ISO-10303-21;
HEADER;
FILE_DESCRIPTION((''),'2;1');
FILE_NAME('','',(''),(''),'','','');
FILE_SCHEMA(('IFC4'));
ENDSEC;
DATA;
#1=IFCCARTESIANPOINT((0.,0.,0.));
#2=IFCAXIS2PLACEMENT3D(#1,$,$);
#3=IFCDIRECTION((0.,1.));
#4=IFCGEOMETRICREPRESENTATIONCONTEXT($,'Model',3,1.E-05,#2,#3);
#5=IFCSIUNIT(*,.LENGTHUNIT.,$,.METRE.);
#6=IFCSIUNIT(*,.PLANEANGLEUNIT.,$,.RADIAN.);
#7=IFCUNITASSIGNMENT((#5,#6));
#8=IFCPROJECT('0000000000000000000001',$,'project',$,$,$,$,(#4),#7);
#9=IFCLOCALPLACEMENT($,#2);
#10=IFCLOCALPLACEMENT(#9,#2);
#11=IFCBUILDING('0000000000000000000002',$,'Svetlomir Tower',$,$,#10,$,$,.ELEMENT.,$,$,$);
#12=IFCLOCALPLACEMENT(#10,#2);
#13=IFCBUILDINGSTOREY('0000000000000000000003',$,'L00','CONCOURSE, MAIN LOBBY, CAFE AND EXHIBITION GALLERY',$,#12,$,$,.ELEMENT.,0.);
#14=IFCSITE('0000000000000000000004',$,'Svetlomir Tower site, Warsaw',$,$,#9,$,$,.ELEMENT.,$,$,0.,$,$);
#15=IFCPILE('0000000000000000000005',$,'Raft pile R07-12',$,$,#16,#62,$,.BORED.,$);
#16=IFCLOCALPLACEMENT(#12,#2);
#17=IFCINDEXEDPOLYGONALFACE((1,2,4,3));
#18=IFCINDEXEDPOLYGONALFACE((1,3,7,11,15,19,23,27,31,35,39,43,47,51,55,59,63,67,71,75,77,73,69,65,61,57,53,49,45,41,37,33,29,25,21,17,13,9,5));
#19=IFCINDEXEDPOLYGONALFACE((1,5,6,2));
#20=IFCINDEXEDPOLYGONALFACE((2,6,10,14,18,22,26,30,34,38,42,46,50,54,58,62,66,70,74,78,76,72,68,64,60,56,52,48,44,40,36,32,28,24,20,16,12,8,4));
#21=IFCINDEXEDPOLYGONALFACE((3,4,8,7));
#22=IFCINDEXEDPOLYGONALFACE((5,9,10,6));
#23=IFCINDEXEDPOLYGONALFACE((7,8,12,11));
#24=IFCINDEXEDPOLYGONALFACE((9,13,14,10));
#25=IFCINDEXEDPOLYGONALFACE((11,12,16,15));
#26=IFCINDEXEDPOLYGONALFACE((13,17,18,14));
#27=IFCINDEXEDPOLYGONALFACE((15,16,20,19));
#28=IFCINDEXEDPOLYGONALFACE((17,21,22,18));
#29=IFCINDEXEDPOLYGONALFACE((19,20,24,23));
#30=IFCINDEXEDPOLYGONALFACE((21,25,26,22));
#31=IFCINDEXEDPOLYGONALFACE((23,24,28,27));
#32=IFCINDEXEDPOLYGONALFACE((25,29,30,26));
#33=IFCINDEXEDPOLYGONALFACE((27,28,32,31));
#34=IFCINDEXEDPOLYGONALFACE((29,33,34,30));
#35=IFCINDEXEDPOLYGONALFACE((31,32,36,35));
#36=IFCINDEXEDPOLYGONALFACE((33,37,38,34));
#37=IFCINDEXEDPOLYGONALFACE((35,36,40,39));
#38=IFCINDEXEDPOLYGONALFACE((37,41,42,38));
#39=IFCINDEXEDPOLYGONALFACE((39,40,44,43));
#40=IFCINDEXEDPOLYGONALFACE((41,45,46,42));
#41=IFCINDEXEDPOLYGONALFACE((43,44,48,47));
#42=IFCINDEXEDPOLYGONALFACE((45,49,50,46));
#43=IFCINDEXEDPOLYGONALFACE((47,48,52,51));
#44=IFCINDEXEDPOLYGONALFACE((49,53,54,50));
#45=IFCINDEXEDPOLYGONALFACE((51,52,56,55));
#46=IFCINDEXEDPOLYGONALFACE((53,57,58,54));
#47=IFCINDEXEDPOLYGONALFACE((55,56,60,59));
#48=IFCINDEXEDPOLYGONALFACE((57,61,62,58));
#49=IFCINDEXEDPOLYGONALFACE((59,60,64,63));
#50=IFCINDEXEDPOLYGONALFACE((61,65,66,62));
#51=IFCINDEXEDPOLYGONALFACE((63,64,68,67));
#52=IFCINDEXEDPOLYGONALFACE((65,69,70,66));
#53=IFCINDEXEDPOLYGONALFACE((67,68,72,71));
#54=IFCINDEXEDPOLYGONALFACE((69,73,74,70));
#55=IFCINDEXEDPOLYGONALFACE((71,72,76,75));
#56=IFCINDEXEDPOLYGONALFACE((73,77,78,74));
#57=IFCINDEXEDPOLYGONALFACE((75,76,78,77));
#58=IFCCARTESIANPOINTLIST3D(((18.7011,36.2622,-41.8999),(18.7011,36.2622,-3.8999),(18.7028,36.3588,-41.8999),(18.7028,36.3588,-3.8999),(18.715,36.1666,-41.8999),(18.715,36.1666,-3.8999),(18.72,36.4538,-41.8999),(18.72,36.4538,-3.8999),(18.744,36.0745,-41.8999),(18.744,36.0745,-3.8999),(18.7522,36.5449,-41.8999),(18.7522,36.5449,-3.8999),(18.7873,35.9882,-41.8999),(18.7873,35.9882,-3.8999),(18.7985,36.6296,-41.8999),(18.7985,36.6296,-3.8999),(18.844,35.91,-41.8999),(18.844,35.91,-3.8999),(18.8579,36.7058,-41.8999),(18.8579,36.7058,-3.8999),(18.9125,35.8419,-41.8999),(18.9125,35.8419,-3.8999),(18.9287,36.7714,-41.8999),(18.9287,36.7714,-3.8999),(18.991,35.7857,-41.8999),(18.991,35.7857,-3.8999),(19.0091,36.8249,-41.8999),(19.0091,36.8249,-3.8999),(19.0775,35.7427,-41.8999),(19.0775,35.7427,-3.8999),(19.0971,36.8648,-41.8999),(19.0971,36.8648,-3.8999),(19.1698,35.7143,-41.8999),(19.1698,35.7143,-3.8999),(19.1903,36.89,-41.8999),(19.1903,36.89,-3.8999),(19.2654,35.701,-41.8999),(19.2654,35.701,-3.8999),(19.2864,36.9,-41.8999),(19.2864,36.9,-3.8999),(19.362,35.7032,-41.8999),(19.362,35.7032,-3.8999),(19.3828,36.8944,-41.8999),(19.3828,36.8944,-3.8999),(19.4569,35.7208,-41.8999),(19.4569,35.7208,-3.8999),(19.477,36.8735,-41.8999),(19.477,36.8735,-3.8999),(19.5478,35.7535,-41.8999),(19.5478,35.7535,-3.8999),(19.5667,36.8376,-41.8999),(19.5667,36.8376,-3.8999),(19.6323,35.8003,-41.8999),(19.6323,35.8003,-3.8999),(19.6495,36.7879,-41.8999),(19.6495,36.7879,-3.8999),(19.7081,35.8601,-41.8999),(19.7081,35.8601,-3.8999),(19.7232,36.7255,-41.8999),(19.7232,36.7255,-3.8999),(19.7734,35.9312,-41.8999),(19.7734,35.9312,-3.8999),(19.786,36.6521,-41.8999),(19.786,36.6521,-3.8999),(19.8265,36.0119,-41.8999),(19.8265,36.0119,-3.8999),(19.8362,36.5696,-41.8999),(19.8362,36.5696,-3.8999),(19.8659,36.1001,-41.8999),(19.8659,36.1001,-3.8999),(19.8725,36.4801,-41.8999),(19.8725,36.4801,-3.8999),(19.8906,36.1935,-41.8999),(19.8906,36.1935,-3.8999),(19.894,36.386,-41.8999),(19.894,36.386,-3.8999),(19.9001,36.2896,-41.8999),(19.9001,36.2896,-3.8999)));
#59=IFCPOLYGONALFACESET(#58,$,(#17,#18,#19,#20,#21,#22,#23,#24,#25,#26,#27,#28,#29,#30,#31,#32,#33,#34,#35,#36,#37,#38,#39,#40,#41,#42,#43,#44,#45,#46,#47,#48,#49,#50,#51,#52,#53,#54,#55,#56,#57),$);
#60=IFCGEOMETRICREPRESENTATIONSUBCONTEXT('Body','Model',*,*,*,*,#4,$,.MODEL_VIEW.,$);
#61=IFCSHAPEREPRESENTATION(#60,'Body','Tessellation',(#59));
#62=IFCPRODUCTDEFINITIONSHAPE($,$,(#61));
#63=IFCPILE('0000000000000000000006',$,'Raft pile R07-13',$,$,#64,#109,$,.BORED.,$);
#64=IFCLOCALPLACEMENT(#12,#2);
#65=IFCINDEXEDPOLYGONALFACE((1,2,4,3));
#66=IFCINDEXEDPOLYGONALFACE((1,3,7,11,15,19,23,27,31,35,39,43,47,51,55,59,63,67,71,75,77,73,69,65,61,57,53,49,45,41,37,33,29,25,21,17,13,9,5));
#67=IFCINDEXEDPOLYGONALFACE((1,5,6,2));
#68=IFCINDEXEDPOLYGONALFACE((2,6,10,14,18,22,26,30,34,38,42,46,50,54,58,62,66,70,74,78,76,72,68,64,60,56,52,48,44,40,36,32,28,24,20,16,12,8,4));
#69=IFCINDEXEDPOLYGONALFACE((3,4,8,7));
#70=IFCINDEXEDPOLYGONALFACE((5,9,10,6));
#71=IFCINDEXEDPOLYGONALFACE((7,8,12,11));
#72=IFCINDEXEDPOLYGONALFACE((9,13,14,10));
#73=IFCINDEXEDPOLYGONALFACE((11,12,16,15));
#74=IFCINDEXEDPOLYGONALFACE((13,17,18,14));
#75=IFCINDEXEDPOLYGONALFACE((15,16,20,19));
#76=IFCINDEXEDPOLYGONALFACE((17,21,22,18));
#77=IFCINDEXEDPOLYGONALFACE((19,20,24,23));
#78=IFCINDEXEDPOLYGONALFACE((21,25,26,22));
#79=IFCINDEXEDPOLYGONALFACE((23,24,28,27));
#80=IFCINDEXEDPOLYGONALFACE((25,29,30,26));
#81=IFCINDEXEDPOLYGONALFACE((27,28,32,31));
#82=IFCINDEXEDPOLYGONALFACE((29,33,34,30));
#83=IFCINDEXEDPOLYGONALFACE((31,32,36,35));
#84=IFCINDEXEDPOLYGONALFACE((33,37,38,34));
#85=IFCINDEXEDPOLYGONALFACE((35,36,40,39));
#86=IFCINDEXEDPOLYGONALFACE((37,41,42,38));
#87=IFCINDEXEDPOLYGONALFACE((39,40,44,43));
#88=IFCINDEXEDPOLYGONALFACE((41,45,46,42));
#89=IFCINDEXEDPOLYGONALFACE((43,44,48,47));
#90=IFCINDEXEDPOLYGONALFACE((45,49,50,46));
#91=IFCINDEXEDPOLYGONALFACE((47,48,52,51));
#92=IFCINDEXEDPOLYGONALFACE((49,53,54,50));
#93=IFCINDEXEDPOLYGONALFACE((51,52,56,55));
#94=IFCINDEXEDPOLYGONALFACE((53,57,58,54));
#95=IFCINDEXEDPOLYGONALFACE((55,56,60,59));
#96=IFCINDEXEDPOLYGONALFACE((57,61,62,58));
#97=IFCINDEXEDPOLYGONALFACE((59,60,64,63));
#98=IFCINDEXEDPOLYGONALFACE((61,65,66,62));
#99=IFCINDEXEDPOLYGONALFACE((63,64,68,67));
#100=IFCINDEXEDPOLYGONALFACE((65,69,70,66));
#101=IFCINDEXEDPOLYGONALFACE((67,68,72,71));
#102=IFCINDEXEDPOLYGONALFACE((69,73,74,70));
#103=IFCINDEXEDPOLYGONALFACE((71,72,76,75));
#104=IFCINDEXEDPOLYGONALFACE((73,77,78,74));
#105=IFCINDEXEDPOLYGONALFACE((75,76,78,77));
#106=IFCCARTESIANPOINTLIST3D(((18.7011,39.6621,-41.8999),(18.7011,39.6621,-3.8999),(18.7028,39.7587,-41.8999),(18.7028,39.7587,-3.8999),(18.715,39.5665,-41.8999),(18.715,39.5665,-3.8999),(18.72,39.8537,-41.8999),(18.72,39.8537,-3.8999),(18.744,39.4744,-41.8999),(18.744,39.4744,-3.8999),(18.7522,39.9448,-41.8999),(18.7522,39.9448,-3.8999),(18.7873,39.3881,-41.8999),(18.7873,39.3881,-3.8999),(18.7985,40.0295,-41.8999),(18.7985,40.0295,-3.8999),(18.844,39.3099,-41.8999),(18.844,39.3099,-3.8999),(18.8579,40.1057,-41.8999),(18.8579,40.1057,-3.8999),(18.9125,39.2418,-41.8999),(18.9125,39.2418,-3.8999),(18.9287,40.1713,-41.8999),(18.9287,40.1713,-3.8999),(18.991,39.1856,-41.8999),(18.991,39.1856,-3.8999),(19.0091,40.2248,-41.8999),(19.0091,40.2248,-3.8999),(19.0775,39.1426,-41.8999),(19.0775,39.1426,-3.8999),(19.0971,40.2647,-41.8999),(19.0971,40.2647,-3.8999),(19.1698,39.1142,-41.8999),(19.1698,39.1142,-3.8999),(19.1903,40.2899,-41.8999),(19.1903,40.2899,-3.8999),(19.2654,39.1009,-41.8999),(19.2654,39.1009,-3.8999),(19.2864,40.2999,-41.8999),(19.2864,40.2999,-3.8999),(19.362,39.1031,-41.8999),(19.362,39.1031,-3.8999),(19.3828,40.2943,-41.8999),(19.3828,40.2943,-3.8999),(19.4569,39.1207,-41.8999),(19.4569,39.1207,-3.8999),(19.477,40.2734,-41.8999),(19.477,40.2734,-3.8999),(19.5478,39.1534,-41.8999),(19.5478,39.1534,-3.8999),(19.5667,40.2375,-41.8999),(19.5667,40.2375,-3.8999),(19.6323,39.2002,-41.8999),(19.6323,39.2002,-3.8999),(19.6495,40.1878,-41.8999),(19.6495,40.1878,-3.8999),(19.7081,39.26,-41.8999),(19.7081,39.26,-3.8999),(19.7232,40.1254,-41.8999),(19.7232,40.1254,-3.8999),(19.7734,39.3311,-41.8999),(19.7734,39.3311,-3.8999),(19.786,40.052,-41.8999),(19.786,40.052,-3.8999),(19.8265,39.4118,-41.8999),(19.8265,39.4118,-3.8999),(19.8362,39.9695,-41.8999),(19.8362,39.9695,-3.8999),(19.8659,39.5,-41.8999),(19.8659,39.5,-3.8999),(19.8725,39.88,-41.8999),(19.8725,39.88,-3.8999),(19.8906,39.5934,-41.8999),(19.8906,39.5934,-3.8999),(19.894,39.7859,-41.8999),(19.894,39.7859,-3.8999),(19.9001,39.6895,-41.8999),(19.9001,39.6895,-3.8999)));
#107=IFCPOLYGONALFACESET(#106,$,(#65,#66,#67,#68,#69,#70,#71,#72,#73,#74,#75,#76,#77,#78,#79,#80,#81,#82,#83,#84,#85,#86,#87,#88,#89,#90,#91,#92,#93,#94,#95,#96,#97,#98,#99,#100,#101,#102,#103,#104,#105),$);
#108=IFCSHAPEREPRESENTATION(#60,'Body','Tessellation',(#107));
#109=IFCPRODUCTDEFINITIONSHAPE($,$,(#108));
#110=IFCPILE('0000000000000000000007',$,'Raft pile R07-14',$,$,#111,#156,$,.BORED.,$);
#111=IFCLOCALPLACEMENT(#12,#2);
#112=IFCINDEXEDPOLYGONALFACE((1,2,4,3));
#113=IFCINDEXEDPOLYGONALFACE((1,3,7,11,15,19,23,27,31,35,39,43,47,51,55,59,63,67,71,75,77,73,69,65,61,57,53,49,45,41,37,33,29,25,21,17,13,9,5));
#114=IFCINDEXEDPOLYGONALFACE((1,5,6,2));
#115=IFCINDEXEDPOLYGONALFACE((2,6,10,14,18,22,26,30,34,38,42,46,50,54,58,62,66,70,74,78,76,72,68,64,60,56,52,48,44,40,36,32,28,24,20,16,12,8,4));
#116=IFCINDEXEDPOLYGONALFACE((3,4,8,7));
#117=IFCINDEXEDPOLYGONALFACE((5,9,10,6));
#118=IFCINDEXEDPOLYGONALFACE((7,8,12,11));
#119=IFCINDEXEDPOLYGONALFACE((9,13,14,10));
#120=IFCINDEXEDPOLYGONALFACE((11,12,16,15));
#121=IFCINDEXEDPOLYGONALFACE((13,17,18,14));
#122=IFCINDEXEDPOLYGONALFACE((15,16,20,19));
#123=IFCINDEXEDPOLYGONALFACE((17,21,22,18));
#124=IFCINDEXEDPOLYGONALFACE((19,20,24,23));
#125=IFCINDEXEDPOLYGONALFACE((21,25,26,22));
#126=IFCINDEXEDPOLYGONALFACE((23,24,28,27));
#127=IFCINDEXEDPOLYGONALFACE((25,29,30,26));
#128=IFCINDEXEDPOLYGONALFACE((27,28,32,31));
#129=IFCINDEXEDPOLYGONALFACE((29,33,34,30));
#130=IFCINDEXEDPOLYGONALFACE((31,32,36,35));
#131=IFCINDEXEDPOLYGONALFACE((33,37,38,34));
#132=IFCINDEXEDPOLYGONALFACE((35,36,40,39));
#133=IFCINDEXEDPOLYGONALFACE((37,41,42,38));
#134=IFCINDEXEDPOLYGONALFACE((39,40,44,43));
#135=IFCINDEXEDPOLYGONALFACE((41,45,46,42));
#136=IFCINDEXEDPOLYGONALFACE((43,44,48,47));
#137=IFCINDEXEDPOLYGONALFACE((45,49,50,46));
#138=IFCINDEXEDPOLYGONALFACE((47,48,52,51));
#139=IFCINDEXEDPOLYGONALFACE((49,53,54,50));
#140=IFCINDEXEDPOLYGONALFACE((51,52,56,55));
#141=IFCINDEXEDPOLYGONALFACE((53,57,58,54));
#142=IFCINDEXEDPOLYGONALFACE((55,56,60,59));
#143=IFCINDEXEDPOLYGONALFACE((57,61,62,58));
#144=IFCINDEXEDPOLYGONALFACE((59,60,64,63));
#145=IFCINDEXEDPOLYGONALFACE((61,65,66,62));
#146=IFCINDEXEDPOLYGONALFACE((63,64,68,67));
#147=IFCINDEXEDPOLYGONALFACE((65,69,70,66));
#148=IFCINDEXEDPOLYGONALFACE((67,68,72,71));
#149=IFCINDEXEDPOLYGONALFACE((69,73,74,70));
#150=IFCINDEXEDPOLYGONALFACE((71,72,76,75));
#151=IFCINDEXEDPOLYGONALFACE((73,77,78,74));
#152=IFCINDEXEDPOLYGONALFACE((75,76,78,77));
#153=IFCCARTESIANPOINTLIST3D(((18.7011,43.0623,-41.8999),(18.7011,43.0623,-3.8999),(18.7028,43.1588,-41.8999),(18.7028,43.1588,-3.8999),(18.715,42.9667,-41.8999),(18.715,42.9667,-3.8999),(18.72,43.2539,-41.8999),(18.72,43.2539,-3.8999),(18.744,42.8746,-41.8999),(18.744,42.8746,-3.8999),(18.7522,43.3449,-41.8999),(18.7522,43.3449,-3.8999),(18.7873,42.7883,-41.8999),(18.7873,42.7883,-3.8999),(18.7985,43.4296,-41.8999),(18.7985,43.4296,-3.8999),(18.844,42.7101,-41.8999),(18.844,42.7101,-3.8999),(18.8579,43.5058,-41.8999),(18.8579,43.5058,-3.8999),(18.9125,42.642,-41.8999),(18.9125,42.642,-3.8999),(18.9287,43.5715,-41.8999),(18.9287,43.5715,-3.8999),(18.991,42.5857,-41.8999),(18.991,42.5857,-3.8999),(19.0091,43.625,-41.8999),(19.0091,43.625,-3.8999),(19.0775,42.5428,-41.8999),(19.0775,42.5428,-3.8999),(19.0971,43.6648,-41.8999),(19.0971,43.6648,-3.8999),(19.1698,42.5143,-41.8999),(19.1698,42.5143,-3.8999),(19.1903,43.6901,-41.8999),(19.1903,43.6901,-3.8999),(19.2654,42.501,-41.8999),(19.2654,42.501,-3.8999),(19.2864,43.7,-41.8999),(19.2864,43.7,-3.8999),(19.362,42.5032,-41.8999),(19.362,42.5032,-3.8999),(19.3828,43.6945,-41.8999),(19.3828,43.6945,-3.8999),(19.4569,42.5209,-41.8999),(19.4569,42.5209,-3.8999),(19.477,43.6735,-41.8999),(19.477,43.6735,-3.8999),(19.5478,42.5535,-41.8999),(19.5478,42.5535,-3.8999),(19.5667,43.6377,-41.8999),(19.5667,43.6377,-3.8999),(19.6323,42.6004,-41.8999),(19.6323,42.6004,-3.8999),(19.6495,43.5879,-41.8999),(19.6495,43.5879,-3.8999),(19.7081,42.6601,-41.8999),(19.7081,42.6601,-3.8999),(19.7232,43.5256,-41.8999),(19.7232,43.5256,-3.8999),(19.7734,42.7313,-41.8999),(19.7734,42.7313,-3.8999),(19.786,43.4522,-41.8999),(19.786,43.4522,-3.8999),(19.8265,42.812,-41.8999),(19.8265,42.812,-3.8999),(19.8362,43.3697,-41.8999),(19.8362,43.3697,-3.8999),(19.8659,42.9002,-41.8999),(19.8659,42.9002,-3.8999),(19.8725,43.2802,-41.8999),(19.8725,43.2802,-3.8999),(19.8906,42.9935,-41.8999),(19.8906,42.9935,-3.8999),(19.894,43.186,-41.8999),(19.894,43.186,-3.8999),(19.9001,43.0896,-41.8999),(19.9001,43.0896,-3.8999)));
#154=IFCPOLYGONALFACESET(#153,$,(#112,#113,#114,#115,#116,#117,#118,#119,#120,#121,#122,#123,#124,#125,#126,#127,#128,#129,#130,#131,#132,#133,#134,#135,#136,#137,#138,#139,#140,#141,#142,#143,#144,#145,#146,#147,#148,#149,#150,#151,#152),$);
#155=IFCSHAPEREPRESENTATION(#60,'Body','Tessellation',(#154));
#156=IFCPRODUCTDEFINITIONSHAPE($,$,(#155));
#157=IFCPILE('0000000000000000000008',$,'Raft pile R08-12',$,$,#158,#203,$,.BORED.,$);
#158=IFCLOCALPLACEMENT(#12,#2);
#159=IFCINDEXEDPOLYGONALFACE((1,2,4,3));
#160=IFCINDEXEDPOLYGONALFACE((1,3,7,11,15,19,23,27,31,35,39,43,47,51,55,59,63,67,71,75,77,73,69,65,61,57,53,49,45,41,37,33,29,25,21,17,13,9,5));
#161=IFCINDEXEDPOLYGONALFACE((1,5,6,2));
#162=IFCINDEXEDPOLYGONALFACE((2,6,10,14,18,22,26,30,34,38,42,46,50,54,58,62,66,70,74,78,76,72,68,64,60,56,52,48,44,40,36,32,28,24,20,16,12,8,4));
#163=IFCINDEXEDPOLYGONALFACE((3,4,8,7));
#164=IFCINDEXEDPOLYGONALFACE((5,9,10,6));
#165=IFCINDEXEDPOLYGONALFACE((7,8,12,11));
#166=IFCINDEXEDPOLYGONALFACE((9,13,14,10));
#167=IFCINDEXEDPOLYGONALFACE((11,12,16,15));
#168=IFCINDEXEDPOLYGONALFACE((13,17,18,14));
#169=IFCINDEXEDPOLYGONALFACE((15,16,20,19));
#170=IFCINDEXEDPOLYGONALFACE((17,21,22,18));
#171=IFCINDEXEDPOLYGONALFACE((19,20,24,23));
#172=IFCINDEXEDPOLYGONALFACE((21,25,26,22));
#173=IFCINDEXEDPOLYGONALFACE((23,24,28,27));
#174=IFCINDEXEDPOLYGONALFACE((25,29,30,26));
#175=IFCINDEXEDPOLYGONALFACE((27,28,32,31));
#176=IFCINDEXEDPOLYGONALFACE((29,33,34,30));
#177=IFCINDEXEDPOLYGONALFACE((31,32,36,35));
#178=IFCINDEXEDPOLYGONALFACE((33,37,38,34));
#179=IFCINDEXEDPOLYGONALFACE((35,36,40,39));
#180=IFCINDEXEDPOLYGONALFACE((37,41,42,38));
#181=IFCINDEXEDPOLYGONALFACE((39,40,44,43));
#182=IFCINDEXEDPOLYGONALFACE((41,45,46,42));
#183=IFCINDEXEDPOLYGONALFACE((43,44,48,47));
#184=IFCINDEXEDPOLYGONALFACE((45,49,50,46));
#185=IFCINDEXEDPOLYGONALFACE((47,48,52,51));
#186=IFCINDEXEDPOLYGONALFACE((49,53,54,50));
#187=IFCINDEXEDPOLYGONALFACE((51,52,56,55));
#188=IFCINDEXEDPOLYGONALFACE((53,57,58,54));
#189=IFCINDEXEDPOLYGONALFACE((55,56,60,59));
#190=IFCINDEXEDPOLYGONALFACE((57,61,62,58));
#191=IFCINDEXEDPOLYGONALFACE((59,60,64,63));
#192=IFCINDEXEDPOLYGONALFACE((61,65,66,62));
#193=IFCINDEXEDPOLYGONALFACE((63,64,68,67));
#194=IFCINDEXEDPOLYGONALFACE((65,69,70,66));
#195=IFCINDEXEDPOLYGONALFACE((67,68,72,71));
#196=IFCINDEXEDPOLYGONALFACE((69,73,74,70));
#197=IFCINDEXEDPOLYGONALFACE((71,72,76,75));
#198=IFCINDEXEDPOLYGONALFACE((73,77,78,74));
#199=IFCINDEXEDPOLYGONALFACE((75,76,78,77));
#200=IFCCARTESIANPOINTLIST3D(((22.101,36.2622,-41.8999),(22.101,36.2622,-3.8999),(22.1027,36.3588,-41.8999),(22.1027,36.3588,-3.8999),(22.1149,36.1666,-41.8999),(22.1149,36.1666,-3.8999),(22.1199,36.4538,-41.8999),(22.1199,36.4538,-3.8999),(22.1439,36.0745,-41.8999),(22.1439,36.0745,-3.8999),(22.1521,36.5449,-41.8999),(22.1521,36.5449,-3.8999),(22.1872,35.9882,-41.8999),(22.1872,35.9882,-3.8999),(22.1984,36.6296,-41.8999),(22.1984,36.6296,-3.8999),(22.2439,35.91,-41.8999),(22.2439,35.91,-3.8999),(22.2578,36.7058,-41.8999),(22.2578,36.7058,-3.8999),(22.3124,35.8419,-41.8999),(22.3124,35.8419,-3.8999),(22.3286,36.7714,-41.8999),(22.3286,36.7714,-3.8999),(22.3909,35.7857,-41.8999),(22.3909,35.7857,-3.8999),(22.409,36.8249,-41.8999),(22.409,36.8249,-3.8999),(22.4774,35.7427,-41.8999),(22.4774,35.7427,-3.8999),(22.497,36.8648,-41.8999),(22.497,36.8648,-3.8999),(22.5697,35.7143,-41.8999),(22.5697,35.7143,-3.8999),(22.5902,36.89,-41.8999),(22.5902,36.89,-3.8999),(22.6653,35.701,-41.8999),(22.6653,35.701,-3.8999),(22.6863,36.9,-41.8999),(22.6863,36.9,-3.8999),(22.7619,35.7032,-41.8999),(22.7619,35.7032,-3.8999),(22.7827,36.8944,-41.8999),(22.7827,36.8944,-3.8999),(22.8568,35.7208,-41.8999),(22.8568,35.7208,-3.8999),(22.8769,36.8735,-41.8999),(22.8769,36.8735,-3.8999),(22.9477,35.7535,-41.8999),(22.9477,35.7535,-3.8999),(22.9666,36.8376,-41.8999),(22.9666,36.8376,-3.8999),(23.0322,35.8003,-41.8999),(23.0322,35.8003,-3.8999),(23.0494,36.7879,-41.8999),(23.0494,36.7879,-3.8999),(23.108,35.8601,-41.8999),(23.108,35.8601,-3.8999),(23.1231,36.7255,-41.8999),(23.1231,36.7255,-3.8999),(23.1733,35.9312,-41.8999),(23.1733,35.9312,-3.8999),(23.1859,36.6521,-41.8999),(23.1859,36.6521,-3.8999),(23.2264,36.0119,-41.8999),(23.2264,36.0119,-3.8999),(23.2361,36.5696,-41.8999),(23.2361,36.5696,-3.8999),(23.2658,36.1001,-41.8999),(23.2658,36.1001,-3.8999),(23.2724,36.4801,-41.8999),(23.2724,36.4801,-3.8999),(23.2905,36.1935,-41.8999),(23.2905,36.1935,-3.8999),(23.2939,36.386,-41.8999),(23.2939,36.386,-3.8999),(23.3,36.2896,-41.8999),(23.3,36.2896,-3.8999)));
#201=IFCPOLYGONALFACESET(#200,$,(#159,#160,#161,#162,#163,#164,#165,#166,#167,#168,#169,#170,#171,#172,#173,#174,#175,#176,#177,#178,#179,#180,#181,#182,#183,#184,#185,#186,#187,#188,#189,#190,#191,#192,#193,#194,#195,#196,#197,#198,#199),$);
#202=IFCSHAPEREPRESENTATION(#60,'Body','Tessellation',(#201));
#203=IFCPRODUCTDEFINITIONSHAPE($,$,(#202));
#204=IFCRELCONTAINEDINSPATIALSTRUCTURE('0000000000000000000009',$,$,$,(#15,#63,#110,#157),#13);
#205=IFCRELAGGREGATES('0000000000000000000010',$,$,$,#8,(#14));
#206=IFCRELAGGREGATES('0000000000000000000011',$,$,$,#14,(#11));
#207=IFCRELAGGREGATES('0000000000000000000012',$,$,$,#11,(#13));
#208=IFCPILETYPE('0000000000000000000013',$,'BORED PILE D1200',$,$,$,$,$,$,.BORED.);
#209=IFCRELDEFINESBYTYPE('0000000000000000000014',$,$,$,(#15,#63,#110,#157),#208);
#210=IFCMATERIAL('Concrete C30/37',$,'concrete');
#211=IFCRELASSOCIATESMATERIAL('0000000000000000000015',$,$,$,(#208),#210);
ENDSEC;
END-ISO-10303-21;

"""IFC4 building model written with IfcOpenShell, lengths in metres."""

from ifc_helpers import new_model, si_unit, direction, frame, frame_2d, origin, origin_2d, place, context, subcontext, project, spatial, circle, extrude, material, material_profile, profile_set, type_object, element, save


model = new_model("IFC4")

# Units and contexts
model_context = context("Model", 3, precision=1e-05, world=origin(), true_north=direction((0.0, 1.0)))
body_context = subcontext(model_context, "Body", "Model", "MODEL_VIEW")
ifc_project = project(units=[si_unit("LENGTHUNIT", "METRE"), si_unit("PLANEANGLEUNIT", "RADIAN")], contexts=[model_context])

# Site, building, storey
site_placement = place(None, origin())
site = spatial("IfcSite", under=ifc_project, at=site_placement, Name="Svetlomir Tower site, Warsaw", CompositionType="ELEMENT", RefElevation=0.0)
building_placement = place(site_placement, origin())
building = spatial("IfcBuilding", under=site, at=building_placement, Name="Svetlomir Tower", CompositionType="ELEMENT")
storey_placement = place(building_placement, origin())
storey = spatial("IfcBuildingStorey", under=building, at=storey_placement, Name="L00", Description="CONCOURSE, MAIN LOBBY, CAFE AND EXHIBITION GALLERY", CompositionType="ELEMENT", Elevation=0.0)

# Piles
ifc_material_1 = material(Name="Concrete C30/37", Category="concrete")
ifc_material_profile_1 = material_profile(ifc_material_1, circle(Radius=0.6001, at=origin_2d()), Name="D1200")
ifc_profile_set_1 = profile_set([ifc_material_profile_1], Name="Concrete C30/37")
pile_type = type_object("IfcPileType", Name="BORED PILE D1200", PredefinedType="BORED", material=ifc_profile_set_1)
for number, where, z_axis, x_axis, name in (
    (1, (19.3, 36.3, -3.8999), (0.0, 0.0, -1.0), (1.0, 0.0, 0.0), "Raft pile R07-12"),
    (2, (19.3, 39.7, -3.8999), (0.0, 0.0, -1.0), (1.0, 0.0, 0.0), "Raft pile R07-13"),
    (3, (19.3, 43.1001, -3.8999), (0.0, 0.0, -1.0), (1.0, 0.0, 0.0), "Raft pile R07-14"),
    (4, (22.7, 36.3, -3.8999), (0.0, 0.0, -1.0), (1.0, 0.0, 0.0), "Raft pile R08-12"),
):
    element("IfcPile", number, at=place(storey_placement, frame(where, z_axis=z_axis, x_axis=x_axis)), inside=storey, type_object=pile_type, Name=name, PredefinedType="BORED", context=body_context, shape_type="SweptSolid", body=[
        extrude(circle(Radius=0.6001, at=frame_2d((0.0, 0.0), x_axis=(0.999848, 0.017452))), origin(), (0.0, 0.0, 1.0), 38.0),
    ])

save(model, "model.ifc")
